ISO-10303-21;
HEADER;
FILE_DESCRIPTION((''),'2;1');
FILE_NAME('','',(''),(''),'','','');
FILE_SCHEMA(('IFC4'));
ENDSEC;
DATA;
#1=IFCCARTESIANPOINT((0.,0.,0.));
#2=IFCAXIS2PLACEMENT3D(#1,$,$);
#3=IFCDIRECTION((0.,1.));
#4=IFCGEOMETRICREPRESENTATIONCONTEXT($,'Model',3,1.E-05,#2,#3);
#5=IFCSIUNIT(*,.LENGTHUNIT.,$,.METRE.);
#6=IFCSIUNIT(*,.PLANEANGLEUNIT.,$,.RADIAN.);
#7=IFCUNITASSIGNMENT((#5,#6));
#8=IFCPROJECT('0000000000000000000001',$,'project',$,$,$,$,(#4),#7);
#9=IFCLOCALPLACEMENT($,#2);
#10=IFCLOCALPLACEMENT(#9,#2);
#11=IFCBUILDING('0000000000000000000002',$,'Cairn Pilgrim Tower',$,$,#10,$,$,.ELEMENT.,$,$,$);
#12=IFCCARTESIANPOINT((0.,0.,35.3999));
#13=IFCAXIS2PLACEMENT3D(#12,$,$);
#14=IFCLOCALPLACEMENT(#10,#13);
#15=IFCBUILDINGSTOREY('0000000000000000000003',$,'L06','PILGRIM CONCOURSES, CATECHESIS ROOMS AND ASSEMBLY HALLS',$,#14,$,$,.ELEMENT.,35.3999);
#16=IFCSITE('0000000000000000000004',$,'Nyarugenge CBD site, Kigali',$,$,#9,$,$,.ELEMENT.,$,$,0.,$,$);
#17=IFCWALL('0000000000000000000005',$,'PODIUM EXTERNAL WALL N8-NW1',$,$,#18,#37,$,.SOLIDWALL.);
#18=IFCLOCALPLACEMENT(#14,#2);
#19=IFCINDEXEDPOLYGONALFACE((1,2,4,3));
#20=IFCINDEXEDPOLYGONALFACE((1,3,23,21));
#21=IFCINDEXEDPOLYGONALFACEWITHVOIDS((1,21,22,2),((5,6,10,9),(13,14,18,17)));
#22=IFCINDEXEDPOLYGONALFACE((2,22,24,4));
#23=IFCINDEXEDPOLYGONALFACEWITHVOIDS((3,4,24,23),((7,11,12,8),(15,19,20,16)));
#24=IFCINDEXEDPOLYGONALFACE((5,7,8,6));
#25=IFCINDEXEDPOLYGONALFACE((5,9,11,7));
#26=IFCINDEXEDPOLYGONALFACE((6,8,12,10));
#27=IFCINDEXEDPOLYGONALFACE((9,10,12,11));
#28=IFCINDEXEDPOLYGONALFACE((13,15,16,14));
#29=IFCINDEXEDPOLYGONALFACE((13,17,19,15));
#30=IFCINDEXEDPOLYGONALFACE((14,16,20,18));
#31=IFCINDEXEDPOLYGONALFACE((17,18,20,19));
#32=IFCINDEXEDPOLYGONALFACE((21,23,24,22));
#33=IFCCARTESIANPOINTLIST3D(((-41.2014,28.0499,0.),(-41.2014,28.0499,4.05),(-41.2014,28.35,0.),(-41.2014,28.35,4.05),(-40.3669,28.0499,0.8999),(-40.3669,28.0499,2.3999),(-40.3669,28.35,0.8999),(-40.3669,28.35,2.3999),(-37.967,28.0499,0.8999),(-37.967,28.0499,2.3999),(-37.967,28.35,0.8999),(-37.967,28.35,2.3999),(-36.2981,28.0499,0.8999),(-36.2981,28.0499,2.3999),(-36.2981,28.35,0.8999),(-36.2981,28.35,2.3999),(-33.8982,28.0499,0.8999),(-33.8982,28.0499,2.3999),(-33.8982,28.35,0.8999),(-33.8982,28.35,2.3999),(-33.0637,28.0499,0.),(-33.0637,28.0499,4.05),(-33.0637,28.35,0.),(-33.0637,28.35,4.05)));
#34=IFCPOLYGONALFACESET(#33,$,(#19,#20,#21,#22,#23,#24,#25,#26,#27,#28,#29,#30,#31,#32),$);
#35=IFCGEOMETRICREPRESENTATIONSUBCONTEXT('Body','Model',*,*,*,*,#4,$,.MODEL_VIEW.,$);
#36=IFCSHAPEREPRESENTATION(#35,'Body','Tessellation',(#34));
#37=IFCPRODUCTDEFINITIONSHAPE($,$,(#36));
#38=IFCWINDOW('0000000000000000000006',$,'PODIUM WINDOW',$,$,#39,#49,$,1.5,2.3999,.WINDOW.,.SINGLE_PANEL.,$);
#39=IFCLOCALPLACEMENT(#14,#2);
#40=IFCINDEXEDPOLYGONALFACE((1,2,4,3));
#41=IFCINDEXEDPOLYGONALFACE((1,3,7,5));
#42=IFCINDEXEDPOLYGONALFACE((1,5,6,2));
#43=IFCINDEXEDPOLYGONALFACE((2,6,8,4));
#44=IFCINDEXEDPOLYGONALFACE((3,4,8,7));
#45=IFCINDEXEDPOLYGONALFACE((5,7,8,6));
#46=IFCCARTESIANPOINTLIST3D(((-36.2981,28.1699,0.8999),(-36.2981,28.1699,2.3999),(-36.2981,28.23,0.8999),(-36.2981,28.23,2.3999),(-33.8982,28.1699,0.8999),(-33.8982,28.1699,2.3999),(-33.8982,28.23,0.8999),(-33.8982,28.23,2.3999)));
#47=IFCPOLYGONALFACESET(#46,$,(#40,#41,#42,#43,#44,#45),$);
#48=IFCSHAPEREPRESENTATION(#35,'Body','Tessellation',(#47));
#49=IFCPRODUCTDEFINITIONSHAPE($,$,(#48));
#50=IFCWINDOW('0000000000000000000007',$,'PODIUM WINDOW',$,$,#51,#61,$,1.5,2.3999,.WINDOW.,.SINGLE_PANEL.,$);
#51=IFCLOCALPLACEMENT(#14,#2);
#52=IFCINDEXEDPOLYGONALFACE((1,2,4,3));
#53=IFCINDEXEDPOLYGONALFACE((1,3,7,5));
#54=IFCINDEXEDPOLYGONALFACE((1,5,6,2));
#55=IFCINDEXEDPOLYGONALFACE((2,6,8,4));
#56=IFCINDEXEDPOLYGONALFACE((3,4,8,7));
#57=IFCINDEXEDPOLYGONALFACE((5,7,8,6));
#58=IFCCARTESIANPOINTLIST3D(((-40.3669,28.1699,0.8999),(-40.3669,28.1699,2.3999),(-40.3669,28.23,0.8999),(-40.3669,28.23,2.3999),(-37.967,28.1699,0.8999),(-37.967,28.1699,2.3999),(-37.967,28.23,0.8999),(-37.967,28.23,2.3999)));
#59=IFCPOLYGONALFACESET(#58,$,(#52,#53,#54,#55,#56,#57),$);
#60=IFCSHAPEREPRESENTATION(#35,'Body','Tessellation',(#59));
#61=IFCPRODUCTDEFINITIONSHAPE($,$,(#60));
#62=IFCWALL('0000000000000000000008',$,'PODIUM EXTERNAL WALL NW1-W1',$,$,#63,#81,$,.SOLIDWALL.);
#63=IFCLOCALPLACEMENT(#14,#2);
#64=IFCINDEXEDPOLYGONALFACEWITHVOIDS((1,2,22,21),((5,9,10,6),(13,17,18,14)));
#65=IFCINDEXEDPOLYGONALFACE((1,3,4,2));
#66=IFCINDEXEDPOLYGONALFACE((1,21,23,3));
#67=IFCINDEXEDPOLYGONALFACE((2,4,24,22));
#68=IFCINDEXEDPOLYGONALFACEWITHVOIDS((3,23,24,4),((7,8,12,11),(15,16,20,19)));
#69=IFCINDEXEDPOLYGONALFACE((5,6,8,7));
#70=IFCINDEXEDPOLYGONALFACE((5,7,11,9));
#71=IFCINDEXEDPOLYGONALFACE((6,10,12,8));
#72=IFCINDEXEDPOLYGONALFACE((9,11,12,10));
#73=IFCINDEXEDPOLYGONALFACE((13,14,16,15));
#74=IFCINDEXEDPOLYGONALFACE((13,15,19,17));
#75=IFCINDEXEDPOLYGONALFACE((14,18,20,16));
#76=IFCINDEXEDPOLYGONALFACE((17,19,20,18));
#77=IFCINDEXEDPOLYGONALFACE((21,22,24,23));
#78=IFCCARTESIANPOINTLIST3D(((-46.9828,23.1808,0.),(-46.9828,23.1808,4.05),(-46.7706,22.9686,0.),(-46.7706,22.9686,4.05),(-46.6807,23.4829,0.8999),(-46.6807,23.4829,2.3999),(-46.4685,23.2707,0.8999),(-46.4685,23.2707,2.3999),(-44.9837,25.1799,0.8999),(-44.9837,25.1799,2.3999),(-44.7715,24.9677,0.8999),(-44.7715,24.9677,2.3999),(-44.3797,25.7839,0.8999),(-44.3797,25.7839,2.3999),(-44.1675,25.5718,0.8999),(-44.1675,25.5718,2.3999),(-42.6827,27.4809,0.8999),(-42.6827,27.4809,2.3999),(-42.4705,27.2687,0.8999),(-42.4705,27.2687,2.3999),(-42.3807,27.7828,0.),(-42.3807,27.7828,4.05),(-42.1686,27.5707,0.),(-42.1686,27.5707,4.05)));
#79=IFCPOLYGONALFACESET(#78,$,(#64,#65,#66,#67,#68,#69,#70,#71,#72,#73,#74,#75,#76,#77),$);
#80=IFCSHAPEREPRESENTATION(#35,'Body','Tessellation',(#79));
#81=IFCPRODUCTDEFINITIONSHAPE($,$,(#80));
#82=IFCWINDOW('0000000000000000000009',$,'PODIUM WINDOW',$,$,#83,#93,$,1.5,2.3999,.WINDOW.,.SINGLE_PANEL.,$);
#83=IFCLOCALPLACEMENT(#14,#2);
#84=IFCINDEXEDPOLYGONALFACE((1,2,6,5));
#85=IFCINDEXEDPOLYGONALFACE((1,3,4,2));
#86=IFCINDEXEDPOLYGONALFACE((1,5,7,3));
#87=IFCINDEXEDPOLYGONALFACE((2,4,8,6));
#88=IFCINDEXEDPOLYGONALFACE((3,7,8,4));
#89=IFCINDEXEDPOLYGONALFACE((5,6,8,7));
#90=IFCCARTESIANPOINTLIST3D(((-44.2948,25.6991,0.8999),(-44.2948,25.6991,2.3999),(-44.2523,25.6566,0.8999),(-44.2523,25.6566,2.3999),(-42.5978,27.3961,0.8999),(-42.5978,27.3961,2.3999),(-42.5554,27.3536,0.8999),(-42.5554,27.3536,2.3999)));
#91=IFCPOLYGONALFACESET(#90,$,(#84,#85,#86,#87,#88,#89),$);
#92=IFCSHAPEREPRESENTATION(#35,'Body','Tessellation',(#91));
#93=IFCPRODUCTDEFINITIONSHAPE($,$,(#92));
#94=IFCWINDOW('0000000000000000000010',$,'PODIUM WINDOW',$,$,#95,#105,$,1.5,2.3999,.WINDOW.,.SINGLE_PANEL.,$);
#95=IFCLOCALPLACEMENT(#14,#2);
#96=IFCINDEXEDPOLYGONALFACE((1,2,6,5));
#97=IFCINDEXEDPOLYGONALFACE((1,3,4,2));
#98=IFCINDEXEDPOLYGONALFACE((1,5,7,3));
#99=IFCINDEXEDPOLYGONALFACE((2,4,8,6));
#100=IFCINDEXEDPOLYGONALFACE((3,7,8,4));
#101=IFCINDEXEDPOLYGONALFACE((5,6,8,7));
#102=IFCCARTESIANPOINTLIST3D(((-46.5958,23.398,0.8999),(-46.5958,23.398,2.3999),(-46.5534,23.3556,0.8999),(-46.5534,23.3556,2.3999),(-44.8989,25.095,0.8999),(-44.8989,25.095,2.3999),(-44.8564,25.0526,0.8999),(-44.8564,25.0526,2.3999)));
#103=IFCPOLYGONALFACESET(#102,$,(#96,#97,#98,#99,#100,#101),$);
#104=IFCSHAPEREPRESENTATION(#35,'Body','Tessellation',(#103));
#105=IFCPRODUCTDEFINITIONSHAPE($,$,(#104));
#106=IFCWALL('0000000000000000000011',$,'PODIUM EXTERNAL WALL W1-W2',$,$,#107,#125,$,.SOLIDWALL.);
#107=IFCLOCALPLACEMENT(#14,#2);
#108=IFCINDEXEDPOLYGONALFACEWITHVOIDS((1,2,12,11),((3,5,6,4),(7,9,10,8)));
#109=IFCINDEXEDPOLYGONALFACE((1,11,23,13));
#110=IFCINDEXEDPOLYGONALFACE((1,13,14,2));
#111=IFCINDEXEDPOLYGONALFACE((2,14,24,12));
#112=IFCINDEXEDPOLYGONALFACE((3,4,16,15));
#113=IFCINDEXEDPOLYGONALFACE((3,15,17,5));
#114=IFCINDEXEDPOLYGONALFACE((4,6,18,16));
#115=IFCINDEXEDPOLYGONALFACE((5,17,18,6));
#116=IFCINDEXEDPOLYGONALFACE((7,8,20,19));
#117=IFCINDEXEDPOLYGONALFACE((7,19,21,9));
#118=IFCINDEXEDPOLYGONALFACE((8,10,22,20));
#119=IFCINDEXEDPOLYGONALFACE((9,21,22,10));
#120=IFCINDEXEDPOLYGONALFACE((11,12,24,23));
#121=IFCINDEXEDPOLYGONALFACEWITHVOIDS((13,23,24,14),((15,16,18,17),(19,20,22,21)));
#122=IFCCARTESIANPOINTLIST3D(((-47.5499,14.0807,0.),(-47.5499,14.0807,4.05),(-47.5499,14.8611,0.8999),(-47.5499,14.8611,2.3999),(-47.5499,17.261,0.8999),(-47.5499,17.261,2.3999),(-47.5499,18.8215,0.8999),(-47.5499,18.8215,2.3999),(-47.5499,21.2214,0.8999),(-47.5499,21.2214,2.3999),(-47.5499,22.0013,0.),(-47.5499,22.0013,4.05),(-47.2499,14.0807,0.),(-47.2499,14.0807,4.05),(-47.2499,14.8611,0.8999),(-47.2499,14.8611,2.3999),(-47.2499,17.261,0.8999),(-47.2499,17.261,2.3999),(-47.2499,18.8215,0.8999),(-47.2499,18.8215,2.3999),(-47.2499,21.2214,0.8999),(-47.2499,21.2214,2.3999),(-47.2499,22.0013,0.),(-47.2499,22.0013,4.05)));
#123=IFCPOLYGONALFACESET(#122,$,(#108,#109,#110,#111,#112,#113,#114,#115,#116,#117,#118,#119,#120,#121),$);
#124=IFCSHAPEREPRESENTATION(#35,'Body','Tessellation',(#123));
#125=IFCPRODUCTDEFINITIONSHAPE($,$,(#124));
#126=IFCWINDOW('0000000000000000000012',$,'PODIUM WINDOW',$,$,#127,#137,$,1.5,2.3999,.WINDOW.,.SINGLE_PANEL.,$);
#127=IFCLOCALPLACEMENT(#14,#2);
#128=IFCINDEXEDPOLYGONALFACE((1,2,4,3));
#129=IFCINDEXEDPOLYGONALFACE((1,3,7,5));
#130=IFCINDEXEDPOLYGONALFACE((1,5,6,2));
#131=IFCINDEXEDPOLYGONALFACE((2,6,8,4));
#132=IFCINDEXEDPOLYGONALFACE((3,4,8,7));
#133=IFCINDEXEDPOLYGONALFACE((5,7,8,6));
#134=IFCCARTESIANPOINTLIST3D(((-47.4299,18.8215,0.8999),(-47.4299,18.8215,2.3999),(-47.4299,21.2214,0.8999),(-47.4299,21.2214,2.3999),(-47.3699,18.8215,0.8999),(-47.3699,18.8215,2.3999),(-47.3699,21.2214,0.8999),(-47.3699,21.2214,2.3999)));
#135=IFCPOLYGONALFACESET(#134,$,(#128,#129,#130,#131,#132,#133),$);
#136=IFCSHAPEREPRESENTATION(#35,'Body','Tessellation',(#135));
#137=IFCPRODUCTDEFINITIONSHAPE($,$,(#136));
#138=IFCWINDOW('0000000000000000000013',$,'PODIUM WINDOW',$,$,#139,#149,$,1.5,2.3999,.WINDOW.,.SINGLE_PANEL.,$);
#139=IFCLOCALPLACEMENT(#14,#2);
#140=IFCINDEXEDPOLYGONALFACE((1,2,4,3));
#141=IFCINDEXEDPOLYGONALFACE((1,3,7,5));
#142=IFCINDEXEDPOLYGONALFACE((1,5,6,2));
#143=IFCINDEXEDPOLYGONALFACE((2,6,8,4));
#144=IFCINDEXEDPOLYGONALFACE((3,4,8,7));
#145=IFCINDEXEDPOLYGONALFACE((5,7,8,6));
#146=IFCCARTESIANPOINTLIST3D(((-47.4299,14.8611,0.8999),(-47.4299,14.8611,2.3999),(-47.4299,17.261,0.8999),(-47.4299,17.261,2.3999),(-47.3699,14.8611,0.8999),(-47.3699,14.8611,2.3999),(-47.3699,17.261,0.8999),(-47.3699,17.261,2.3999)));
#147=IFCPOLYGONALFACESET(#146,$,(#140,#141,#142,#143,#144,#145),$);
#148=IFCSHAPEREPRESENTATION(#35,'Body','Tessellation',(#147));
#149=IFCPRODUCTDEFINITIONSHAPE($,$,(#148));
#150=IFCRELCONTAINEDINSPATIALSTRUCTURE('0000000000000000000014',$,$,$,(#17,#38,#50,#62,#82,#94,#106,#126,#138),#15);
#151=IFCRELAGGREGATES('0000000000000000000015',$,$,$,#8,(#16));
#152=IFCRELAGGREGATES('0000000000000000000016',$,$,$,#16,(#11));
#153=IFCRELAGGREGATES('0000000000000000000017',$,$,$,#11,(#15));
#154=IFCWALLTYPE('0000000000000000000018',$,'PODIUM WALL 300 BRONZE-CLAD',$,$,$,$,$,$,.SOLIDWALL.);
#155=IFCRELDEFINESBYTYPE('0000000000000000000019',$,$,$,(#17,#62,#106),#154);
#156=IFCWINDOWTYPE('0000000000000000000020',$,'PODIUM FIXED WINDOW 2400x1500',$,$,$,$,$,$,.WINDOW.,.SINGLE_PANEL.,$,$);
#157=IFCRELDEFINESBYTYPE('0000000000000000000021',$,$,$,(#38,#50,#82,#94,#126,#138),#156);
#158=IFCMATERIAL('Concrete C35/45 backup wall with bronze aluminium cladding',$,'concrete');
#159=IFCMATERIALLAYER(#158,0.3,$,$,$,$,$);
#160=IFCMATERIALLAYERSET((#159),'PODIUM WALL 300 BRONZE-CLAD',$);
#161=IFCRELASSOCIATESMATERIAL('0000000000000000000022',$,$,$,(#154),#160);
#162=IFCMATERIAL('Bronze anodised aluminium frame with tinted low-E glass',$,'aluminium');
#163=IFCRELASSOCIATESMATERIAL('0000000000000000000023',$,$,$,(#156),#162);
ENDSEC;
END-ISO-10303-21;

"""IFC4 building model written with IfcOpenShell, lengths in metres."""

from ifc_helpers import new_model, si_unit, direction, frame, frame_2d, origin, place, context, subcontext, project, spatial, rectangle, extrude, material, layer, layer_set, type_object, element, fill, save


model = new_model("IFC4")

# Units and contexts
model_context = context("Model", 3, precision=1e-05, world=origin(), true_north=direction((0.0, 1.0)))
body_context = subcontext(model_context, "Body", "Model", "MODEL_VIEW")
ifc_project = project(units=[si_unit("LENGTHUNIT", "METRE"), si_unit("PLANEANGLEUNIT", "RADIAN")], contexts=[model_context])

# Site, building, storey
site_placement = place(None, origin())
site = spatial("IfcSite", under=ifc_project, at=site_placement, Name="Nyarugenge CBD site, Kigali", CompositionType="ELEMENT", RefElevation=0.0)
building_placement = place(site_placement, origin())
building = spatial("IfcBuilding", under=site, at=building_placement, Name="Cairn Pilgrim Tower", CompositionType="ELEMENT")
storey_placement = place(building_placement, frame((0.0, 0.0, 35.3999)))
storey = spatial("IfcBuildingStorey", under=building, at=storey_placement, Name="L06", Description="PILGRIM CONCOURSES, CATECHESIS ROOMS AND ASSEMBLY HALLS", CompositionType="ELEMENT", Elevation=35.3999)

# Walls, openings, windows
ifc_material_1 = material(Name="Concrete C35/45 backup wall with bronze aluminium cladding", Category="concrete")
ifc_layer_1 = layer(ifc_material_1, 0.3)
ifc_layer_set_1 = layer_set([ifc_layer_1], Name="PODIUM WALL 300 BRONZE-CLAD")
wall_type_1 = type_object("IfcWallType", Name="PODIUM WALL 300 BRONZE-CLAD", PredefinedType="SOLIDWALL", material=ifc_layer_set_1)
wall_1_placement = place(storey_placement, frame((-33.0637, 28.2, 0.0), z_axis=(0.0, 0.0, 1.0), x_axis=(-1.0, 0.0, 0.0)))
wall_1 = element("IfcWall", 1, at=wall_1_placement, inside=storey, type_object=wall_type_1, Name="PODIUM EXTERNAL WALL N8-NW1", PredefinedType="SOLIDWALL", context=body_context, shape_type="SweptSolid", body=[
    extrude(rectangle(XDim=8.1377, YDim=0.3, at=frame_2d((4.0688, 0.0))), origin(), (0.0, 0.0, 1.0), 4.05),
])
opening_1_placement = place(wall_1_placement, frame((0.8345, 0.0, 0.8999)))
opening_1 = element("IfcOpeningElement", 2, at=opening_1_placement, cuts=wall_1, PredefinedType="OPENING", context=body_context, shape_type="SweptSolid", body=[
    extrude(rectangle(XDim=2.3999, YDim=1.5, at=frame_2d((1.2, 0.75))), frame((0.0, 0.1602, 0.0), z_axis=(0.0, -1.0, 0.0), x_axis=(1.0, 0.0, 0.0)), (0.0, 0.0, 1.0), 0.3201),
])
opening_2_placement = place(wall_1_placement, frame((4.9033, 0.0, 0.8999)))
opening_2 = element("IfcOpeningElement", 3, at=opening_2_placement, cuts=wall_1, PredefinedType="OPENING", context=body_context, shape_type="SweptSolid", body=[
    extrude(rectangle(XDim=2.3999, YDim=1.5, at=frame_2d((1.2, 0.75))), frame((0.0, 0.1602, 0.0), z_axis=(0.0, -1.0, 0.0), x_axis=(1.0, 0.0, 0.0)), (0.0, 0.0, 1.0), 0.3201),
])
ifc_material_2 = material(Name="Bronze anodised aluminium frame with tinted low-E glass", Category="aluminium")
window_type = type_object("IfcWindowType", Name="PODIUM FIXED WINDOW 2400x1500", PartitioningType="SINGLE_PANEL", PredefinedType="WINDOW", material=ifc_material_2)
window_1_placement = place(opening_1_placement, origin())
window_1 = element("IfcWindow", 4, at=window_1_placement, inside=storey, type_object=window_type, Name="PODIUM WINDOW", OverallHeight=1.5, OverallWidth=2.3999, PartitioningType="SINGLE_PANEL", PredefinedType="WINDOW", context=body_context, shape_type="SweptSolid", body=[
    extrude(rectangle(XDim=2.3999, YDim=1.5, at=frame_2d((1.2, 0.75))), frame((0.0, 0.03, 0.0), z_axis=(0.0, -1.0, 0.0), x_axis=(1.0, 0.0, 0.0)), (0.0, 0.0, 1.0), 0.0601),
])
fill(opening_1, window_1)
window_2_placement = place(opening_2_placement, origin())
window_2 = element("IfcWindow", 5, at=window_2_placement, inside=storey, type_object=window_type, Name="PODIUM WINDOW", OverallHeight=1.5, OverallWidth=2.3999, PartitioningType="SINGLE_PANEL", PredefinedType="WINDOW", context=body_context, shape_type="SweptSolid", body=[
    extrude(rectangle(XDim=2.3999, YDim=1.5, at=frame_2d((1.2, 0.75))), frame((0.0, 0.03, 0.0), z_axis=(0.0, -1.0, 0.0), x_axis=(1.0, 0.0, 0.0)), (0.0, 0.0, 1.0), 0.0601),
])
fill(opening_2, window_2)
wall_2_placement = place(storey_placement, frame((-42.2747, 27.6768, 0.0), z_axis=(0.0, 0.0, 1.0), x_axis=(-0.707107, -0.707107, 0.0)))
wall_2 = element("IfcWall", 6, at=wall_2_placement, inside=storey, type_object=wall_type_1, Name="PODIUM EXTERNAL WALL NW1-W1", PredefinedType="SOLIDWALL", context=body_context, shape_type="SweptSolid", body=[
    extrude(rectangle(XDim=6.5083, YDim=0.3, at=frame_2d((3.2542, 0.0))), origin(), (0.0, 0.0, 1.0), 4.05),
])
opening_3_placement = place(wall_2_placement, frame((0.427, 0.0, 0.8999)))
opening_3 = element("IfcOpeningElement", 7, at=opening_3_placement, cuts=wall_2, PredefinedType="OPENING", context=body_context, shape_type="SweptSolid", body=[
    extrude(rectangle(XDim=2.3999, YDim=1.5, at=frame_2d((1.2, 0.75))), frame((0.0, 0.1602, 0.0), z_axis=(0.0, -1.0, 0.0), x_axis=(1.0, 0.0, 0.0)), (0.0, 0.0, 1.0), 0.3201),
])
opening_4_placement = place(wall_2_placement, frame((3.6812, 0.0, 0.8999)))
opening_4 = element("IfcOpeningElement", 8, at=opening_4_placement, cuts=wall_2, PredefinedType="OPENING", context=body_context, shape_type="SweptSolid", body=[
    extrude(rectangle(XDim=2.3999, YDim=1.5, at=frame_2d((1.2, 0.75))), frame((0.0, 0.1602, 0.0), z_axis=(0.0, -1.0, 0.0), x_axis=(1.0, 0.0, 0.0)), (0.0, 0.0, 1.0), 0.3201),
])
window_3_placement = place(opening_3_placement, origin())
window_3 = element("IfcWindow", 9, at=window_3_placement, inside=storey, type_object=window_type, Name="PODIUM WINDOW", OverallHeight=1.5, OverallWidth=2.3999, PartitioningType="SINGLE_PANEL", PredefinedType="WINDOW", context=body_context, shape_type="SweptSolid", body=[
    extrude(rectangle(XDim=2.3999, YDim=1.5, at=frame_2d((1.2, 0.75))), frame((0.0, 0.03, 0.0), z_axis=(0.0, -1.0, 0.0), x_axis=(1.0, 0.0, 0.0)), (0.0, 0.0, 1.0), 0.0601),
])
fill(opening_3, window_3)
window_4_placement = place(opening_4_placement, origin())
window_4 = element("IfcWindow", 10, at=window_4_placement, inside=storey, type_object=window_type, Name="PODIUM WINDOW", OverallHeight=1.5, OverallWidth=2.3999, PartitioningType="SINGLE_PANEL", PredefinedType="WINDOW", context=body_context, shape_type="SweptSolid", body=[
    extrude(rectangle(XDim=2.3999, YDim=1.5, at=frame_2d((1.2, 0.75))), frame((0.0, 0.03, 0.0), z_axis=(0.0, -1.0, 0.0), x_axis=(1.0, 0.0, 0.0)), (0.0, 0.0, 1.0), 0.0601),
])
fill(opening_4, window_4)
wall_3_placement = place(storey_placement, frame((-47.3999, 22.0015, 0.0), z_axis=(0.0, 0.0, 1.0), x_axis=(0.0, -1.0, 0.0)))
wall_3 = element("IfcWall", 11, at=wall_3_placement, inside=storey, type_object=wall_type_1, Name="PODIUM EXTERNAL WALL W1-W2", PredefinedType="SOLIDWALL", context=body_context, shape_type="SweptSolid", body=[
    extrude(rectangle(XDim=7.9207, YDim=0.3, at=frame_2d((3.9604, 0.0))), origin(), (0.0, 0.0, 1.0), 4.05),
])
opening_5_placement = place(wall_3_placement, frame((0.78, 0.0, 0.8999)))
opening_5 = element("IfcOpeningElement", 12, at=opening_5_placement, cuts=wall_3, PredefinedType="OPENING", context=body_context, shape_type="SweptSolid", body=[
    extrude(rectangle(XDim=2.3999, YDim=1.5, at=frame_2d((1.2, 0.75))), frame((0.0, 0.1602, 0.0), z_axis=(0.0, -1.0, 0.0), x_axis=(1.0, 0.0, 0.0)), (0.0, 0.0, 1.0), 0.3201),
])
opening_6_placement = place(wall_3_placement, frame((4.7405, 0.0, 0.8999)))
opening_6 = element("IfcOpeningElement", 13, at=opening_6_placement, cuts=wall_3, PredefinedType="OPENING", context=body_context, shape_type="SweptSolid", body=[
    extrude(rectangle(XDim=2.3999, YDim=1.5, at=frame_2d((1.2, 0.75))), frame((0.0, 0.1602, 0.0), z_axis=(0.0, -1.0, 0.0), x_axis=(1.0, 0.0, 0.0)), (0.0, 0.0, 1.0), 0.3201),
])
window_5_placement = place(opening_5_placement, origin())
window_5 = element("IfcWindow", 14, at=window_5_placement, inside=storey, type_object=window_type, Name="PODIUM WINDOW", OverallHeight=1.5, OverallWidth=2.3999, PartitioningType="SINGLE_PANEL", PredefinedType="WINDOW", context=body_context, shape_type="SweptSolid", body=[
    extrude(rectangle(XDim=2.3999, YDim=1.5, at=frame_2d((1.2, 0.75))), frame((0.0, 0.03, 0.0), z_axis=(0.0, -1.0, 0.0), x_axis=(1.0, 0.0, 0.0)), (0.0, 0.0, 1.0), 0.0601),
])
fill(opening_5, window_5)
window_6_placement = place(opening_6_placement, origin())
window_6 = element("IfcWindow", 15, at=window_6_placement, inside=storey, type_object=window_type, Name="PODIUM WINDOW", OverallHeight=1.5, OverallWidth=2.3999, PartitioningType="SINGLE_PANEL", PredefinedType="WINDOW", context=body_context, shape_type="SweptSolid", body=[
    extrude(rectangle(XDim=2.3999, YDim=1.5, at=frame_2d((1.2, 0.75))), frame((0.0, 0.03, 0.0), z_axis=(0.0, -1.0, 0.0), x_axis=(1.0, 0.0, 0.0)), (0.0, 0.0, 1.0), 0.0601),
])
fill(opening_6, window_6)

save(model, "model.ifc")
